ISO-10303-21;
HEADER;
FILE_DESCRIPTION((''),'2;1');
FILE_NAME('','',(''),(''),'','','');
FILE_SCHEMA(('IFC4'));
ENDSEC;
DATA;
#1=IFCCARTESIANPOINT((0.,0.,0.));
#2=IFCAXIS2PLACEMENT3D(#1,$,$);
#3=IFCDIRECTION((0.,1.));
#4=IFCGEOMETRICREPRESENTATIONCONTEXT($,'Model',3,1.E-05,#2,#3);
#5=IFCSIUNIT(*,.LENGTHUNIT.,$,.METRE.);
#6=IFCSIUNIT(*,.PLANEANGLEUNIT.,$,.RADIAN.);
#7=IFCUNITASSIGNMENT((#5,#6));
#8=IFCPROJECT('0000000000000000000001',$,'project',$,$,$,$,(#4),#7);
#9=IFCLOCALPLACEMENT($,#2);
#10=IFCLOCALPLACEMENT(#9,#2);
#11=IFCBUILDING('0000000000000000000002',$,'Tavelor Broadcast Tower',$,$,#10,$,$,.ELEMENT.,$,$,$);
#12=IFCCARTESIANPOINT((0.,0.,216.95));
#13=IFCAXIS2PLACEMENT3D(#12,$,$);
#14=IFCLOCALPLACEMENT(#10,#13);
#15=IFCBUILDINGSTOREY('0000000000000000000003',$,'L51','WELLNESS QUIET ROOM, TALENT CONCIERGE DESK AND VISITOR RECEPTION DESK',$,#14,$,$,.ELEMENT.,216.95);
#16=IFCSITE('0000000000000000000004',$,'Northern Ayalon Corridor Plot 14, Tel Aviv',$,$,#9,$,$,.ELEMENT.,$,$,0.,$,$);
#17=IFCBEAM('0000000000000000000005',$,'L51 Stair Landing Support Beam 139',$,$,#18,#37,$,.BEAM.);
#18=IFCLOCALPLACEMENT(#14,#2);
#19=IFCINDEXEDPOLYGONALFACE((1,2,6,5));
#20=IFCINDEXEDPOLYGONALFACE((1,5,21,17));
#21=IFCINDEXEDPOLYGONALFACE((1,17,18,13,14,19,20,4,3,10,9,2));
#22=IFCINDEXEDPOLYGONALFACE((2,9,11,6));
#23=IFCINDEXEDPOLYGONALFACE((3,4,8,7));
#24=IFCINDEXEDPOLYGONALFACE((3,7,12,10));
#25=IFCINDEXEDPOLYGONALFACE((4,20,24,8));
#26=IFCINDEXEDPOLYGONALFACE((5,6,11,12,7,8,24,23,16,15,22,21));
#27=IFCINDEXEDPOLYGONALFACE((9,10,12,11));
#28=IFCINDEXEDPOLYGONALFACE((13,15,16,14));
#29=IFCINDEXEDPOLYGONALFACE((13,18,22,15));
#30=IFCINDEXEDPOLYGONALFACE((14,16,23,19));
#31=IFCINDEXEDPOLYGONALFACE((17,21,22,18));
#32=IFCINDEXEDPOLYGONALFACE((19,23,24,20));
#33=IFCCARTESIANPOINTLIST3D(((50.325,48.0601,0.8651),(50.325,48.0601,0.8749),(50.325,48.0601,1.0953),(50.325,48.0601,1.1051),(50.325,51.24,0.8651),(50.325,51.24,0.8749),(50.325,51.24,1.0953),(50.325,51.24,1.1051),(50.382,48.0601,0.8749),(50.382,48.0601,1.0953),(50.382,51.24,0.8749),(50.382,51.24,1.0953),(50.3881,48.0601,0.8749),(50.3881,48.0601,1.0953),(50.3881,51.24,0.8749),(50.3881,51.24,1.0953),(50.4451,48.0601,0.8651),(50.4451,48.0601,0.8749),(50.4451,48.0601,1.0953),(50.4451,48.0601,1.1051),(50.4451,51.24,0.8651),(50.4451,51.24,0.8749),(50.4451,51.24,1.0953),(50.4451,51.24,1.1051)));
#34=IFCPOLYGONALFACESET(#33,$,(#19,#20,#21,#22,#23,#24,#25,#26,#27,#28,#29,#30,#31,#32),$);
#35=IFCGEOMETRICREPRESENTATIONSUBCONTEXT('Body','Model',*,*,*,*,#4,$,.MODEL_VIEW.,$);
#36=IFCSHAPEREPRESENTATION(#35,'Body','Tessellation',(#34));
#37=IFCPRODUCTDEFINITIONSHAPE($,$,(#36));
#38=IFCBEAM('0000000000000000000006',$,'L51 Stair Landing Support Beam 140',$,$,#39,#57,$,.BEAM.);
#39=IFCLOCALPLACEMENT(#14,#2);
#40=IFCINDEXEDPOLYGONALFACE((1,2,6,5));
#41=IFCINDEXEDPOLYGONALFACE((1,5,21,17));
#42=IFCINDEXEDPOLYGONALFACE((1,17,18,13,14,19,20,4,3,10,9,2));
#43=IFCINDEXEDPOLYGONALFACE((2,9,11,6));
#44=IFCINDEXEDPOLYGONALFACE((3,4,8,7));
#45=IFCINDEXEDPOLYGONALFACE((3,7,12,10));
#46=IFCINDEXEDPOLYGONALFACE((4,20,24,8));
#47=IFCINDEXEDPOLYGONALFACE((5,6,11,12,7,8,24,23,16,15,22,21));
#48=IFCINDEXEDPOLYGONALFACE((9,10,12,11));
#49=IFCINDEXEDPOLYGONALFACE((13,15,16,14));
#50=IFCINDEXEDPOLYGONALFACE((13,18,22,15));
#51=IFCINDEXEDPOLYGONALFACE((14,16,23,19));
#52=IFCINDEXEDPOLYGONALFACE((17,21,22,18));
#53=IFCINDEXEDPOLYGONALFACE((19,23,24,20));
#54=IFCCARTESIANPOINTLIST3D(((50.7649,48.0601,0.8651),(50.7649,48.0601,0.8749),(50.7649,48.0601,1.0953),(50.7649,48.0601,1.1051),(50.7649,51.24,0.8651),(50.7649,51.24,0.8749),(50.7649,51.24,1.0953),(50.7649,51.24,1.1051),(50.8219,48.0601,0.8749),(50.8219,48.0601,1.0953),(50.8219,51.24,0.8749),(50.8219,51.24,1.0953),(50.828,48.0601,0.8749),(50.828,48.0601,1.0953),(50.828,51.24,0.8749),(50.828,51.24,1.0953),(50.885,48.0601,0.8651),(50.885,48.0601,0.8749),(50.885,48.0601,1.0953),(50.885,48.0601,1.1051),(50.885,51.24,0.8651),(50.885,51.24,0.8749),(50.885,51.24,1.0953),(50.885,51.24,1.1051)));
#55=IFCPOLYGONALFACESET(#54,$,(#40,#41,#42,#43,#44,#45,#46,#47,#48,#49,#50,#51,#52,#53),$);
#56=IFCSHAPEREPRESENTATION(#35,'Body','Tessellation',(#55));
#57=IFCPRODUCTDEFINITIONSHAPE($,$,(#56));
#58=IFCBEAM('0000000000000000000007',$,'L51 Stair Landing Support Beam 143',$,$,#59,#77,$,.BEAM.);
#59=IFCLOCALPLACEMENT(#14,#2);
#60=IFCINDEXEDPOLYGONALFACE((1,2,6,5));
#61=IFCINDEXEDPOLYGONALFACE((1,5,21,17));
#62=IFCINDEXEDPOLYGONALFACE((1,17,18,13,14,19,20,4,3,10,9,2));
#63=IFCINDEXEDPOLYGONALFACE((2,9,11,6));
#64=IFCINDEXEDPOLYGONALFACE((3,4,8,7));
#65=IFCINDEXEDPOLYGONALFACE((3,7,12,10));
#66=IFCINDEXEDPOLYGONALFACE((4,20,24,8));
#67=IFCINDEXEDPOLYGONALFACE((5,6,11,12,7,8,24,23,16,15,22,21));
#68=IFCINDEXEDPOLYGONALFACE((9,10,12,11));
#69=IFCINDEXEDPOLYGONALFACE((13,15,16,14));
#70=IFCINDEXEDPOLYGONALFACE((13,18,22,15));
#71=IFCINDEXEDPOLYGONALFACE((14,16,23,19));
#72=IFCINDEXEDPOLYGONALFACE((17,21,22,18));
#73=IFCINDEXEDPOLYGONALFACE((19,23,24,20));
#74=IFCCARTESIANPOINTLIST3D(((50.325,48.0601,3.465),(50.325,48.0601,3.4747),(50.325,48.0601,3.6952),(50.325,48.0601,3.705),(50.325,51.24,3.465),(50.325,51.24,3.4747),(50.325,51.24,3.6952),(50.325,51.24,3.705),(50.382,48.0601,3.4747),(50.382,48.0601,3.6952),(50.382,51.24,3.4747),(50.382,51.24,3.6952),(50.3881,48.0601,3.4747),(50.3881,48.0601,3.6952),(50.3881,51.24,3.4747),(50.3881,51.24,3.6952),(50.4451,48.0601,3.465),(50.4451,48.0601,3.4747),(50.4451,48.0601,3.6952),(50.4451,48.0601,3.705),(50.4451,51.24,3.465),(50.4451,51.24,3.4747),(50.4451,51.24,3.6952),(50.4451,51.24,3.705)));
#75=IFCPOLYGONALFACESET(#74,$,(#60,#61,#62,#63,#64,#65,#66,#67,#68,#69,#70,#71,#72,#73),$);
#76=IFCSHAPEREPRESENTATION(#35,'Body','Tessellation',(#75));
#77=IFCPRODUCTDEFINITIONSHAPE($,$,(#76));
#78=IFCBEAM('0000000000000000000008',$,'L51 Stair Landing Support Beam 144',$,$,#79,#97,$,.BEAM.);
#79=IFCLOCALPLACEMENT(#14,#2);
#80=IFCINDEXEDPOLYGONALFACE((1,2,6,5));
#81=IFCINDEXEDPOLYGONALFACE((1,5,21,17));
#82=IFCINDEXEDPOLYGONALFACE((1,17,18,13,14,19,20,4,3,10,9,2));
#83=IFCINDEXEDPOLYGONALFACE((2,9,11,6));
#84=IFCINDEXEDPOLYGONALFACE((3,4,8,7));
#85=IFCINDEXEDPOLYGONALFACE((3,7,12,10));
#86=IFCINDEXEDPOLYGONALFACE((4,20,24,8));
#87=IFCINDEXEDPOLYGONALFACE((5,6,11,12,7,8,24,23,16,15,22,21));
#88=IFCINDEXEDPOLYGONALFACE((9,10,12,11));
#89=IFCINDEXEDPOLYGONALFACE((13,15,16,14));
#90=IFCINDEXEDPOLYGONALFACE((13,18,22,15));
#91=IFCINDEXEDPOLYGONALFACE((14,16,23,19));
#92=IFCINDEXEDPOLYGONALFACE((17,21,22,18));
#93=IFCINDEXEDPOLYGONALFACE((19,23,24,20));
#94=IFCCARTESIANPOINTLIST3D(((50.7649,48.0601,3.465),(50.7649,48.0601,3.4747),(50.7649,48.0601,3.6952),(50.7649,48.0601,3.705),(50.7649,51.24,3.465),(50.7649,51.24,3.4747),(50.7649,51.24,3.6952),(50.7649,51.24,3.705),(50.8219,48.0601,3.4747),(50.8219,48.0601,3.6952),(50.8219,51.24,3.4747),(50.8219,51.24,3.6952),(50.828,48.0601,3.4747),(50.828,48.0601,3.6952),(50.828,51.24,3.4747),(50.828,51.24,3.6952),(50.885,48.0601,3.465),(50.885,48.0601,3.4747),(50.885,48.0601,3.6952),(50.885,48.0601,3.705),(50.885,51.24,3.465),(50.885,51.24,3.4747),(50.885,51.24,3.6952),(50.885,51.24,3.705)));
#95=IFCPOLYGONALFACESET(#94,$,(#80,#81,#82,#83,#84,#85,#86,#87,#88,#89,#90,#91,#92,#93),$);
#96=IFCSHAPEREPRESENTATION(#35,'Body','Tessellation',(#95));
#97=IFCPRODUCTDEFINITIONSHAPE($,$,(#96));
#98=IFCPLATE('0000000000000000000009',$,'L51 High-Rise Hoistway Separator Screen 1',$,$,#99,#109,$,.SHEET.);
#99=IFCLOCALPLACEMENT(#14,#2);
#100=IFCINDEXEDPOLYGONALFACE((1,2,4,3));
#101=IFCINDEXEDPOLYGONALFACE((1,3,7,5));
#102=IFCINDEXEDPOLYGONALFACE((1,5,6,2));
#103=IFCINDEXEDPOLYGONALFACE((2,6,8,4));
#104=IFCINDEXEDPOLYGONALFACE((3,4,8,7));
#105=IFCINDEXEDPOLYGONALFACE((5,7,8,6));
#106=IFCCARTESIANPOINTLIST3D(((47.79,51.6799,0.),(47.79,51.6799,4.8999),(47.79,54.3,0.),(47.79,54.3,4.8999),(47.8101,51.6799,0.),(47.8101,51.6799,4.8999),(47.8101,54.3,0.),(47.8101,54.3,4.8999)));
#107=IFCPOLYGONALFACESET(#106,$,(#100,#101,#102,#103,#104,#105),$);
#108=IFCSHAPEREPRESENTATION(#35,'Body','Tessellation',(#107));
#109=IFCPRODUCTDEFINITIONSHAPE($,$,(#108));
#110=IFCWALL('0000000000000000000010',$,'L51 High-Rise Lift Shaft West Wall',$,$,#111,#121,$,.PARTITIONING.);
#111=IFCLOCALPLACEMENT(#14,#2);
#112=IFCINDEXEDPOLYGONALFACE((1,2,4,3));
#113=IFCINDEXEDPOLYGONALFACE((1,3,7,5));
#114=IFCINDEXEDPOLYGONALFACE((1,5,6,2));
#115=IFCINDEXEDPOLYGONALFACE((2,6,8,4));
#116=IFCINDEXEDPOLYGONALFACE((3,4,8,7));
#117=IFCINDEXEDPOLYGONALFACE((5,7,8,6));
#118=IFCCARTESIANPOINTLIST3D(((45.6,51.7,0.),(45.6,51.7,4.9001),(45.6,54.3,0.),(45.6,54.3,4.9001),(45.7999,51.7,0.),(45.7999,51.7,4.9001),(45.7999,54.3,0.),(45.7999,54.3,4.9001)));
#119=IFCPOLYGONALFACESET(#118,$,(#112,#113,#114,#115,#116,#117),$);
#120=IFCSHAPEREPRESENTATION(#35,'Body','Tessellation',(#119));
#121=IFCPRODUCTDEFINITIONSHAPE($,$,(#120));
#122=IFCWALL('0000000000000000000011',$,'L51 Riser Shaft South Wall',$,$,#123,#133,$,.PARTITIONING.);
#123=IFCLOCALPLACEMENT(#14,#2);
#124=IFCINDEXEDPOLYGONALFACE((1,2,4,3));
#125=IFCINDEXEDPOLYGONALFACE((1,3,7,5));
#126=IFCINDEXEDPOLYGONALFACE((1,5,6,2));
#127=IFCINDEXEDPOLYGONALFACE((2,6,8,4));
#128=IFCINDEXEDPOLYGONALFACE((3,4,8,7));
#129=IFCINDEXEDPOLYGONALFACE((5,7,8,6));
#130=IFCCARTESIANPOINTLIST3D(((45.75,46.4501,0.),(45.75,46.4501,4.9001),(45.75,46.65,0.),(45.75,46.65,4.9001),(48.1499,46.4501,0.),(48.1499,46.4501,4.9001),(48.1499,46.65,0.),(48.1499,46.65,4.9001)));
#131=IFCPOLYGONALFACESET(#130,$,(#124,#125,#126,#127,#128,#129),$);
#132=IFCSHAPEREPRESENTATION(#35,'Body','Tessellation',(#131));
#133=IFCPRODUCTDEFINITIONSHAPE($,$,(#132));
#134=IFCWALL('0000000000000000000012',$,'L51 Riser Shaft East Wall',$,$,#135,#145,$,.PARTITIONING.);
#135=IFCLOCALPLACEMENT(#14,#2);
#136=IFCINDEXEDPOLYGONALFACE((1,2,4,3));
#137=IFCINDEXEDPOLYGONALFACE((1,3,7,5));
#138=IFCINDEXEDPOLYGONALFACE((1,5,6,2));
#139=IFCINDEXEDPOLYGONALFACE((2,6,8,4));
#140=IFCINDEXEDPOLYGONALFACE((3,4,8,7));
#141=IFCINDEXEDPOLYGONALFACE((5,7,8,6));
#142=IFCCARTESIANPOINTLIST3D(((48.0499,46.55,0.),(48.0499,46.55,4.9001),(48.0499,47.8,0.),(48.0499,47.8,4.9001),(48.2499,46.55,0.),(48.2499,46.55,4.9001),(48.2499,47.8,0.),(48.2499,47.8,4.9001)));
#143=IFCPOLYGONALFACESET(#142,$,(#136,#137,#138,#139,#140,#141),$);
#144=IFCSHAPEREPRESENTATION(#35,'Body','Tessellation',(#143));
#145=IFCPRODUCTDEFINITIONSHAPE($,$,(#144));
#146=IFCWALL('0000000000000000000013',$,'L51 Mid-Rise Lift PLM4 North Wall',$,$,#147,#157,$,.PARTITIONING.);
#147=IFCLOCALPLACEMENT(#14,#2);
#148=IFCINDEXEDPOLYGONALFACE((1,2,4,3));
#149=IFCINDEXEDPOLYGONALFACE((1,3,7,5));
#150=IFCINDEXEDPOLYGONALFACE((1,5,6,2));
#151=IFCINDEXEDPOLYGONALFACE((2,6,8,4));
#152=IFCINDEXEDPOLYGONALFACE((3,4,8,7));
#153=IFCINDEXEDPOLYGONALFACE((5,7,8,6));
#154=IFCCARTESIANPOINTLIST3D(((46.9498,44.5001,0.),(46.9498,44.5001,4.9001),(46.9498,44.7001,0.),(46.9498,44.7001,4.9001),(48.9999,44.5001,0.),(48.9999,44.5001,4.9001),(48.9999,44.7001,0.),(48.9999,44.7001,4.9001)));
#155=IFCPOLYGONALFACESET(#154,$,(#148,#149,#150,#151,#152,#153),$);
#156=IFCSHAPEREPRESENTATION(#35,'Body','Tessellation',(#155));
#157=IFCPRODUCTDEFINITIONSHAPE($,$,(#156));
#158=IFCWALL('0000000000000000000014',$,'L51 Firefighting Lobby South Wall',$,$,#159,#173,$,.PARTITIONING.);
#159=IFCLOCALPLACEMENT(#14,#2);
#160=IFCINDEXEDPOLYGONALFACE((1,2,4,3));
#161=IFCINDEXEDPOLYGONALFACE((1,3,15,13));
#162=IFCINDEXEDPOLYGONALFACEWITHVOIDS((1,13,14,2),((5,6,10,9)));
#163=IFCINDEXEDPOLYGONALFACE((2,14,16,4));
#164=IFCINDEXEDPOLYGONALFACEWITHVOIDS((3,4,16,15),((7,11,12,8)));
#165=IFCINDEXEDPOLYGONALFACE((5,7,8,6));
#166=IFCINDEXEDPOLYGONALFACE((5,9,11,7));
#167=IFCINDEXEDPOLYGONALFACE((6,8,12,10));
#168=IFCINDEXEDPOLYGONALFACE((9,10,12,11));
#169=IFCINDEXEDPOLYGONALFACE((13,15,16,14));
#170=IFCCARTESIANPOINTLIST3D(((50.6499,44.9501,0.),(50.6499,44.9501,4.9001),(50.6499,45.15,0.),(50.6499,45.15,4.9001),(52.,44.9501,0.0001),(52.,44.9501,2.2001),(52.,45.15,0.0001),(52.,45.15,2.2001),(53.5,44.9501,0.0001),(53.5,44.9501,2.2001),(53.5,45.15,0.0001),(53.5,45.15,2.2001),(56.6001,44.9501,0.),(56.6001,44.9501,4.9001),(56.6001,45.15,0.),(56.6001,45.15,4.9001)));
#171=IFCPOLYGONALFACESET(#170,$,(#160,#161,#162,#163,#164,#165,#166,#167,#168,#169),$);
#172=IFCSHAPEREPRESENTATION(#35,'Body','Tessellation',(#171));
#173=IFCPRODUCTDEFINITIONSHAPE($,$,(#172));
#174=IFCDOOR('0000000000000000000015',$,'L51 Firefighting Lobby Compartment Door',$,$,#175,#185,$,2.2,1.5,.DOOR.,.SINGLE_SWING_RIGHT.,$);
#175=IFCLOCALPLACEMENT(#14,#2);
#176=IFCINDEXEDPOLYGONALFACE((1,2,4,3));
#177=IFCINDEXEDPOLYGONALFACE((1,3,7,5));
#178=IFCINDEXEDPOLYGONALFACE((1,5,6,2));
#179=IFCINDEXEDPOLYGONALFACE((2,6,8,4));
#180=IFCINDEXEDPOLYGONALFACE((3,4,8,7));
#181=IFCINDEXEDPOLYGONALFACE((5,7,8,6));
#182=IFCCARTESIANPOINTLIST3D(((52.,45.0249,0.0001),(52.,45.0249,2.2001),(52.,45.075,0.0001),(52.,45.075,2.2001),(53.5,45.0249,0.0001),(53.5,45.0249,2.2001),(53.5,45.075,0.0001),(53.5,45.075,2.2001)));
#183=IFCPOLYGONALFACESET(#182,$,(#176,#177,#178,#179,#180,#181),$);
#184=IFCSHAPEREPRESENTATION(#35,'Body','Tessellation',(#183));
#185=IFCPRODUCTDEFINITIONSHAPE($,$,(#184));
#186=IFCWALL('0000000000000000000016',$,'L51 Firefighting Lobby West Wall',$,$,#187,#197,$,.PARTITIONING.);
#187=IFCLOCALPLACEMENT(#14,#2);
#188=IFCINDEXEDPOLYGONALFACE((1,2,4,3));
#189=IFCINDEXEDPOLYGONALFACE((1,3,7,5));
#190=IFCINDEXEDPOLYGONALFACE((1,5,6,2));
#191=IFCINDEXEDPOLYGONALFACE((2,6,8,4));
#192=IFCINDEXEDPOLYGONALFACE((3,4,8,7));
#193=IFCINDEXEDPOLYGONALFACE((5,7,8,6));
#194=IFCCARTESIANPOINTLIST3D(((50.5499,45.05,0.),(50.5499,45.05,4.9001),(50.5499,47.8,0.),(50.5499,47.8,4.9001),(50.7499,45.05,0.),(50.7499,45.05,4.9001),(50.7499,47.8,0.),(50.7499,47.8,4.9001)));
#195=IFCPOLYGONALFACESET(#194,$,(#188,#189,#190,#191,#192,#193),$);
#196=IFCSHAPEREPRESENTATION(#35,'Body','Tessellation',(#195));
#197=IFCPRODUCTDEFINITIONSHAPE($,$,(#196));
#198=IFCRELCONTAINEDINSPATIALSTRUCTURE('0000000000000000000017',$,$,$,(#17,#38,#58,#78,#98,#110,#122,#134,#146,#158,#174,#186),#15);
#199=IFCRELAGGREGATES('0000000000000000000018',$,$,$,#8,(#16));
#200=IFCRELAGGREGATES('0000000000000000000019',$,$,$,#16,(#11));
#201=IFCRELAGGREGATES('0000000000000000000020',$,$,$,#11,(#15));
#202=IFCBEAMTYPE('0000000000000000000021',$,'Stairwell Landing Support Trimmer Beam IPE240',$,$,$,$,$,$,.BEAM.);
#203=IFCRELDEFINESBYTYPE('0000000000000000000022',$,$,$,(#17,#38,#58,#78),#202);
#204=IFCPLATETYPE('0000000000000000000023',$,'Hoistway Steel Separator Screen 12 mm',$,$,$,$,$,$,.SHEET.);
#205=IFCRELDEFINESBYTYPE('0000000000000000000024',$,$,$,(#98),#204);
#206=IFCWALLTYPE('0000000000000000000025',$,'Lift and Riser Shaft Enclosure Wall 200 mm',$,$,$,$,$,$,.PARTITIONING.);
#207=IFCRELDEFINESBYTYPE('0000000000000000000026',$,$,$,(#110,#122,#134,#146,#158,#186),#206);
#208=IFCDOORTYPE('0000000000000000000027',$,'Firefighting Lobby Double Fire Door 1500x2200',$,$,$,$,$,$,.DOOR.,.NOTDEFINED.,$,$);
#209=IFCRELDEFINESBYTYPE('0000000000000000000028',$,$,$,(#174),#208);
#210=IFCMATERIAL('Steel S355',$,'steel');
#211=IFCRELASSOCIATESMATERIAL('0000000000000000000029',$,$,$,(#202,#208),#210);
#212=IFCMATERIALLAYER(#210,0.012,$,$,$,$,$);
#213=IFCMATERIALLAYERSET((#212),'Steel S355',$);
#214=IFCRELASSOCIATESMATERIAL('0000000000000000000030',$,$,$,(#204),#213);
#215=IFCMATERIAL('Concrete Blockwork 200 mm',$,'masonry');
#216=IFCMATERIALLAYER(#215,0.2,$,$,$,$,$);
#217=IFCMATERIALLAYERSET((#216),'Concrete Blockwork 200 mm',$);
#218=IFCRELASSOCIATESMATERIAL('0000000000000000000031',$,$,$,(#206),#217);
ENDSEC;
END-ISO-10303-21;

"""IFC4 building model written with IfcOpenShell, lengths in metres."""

from ifc_helpers import new_model, si_unit, direction, frame, frame_2d, origin, origin_2d, place, context, subcontext, project, spatial, rectangle, i_section, extrude, source, transform, mapped, material, layer, layer_set, material_profile, profile_set, type_object, type_shapes, element, fill, save


model = new_model("IFC4")

# Units and contexts
model_context = context("Model", 3, precision=1e-05, world=origin(), true_north=direction((0.0, 1.0)))
body_context = subcontext(model_context, "Body", "Model", "MODEL_VIEW")
ifc_project = project(units=[si_unit("LENGTHUNIT", "METRE"), si_unit("PLANEANGLEUNIT", "RADIAN")], contexts=[model_context])

# Site, building, storey
site_placement = place(None, origin())
site = spatial("IfcSite", under=ifc_project, at=site_placement, Name="Northern Ayalon Corridor Plot 14, Tel Aviv", CompositionType="ELEMENT", RefElevation=0.0)
building_placement = place(site_placement, origin())
building = spatial("IfcBuilding", under=site, at=building_placement, Name="Tavelor Broadcast Tower", CompositionType="ELEMENT")
storey_placement = place(building_placement, frame((0.0, 0.0, 216.95)))
storey = spatial("IfcBuildingStorey", under=building, at=storey_placement, Name="L51", Description="WELLNESS QUIET ROOM, TALENT CONCIERGE DESK AND VISITOR RECEPTION DESK", CompositionType="ELEMENT", Elevation=216.95)

# Beams
ifc_material_1 = material(Name="Steel S355", Category="steel")
ifc_material_profile = material_profile(ifc_material_1, i_section(OverallWidth=0.1201, OverallDepth=0.24, WebThickness=0.0061, FlangeThickness=0.0098, at=origin_2d()), Name="IPE 240")
ifc_profile_set = profile_set([ifc_material_profile], Name="Steel S355")
beam_type = type_object("IfcBeamType", Name="Stairwell Landing Support Trimmer Beam IPE240", PredefinedType="BEAM", material=ifc_profile_set)
for number, where, z_axis, x_axis, name in (
    (1, (50.385, 48.0601, 0.9851), (0.0, 1.0, 0.0), (-1.0, 0.0, 0.0), "L51 Stair Landing Support Beam 139"),
    (2, (50.825, 48.0601, 0.9851), (0.0, 1.0, 0.0), (-1.0, 0.0, 0.0), "L51 Stair Landing Support Beam 140"),
    (3, (50.385, 48.0601, 3.585), (0.0, 1.0, 0.0), (-1.0, 0.0, 0.0), "L51 Stair Landing Support Beam 143"),
    (4, (50.825, 48.0601, 3.585), (0.0, 1.0, 0.0), (-1.0, 0.0, 0.0), "L51 Stair Landing Support Beam 144"),
):
    element("IfcBeam", number, at=place(storey_placement, frame(where, z_axis=z_axis, x_axis=x_axis)), inside=storey, type_object=beam_type, Name=name, PredefinedType="BEAM", context=body_context, shape_type="SweptSolid", body=[
        extrude(i_section(OverallWidth=0.1201, OverallDepth=0.24, WebThickness=0.0061, FlangeThickness=0.0098, at=origin_2d()), origin(), (0.0, 0.0, 1.0), 3.1799),
    ])

# Plate
ifc_layer_1 = layer(ifc_material_1, 0.012)
ifc_layer_set_1 = layer_set([ifc_layer_1], Name="Steel S355")
plate_type = type_object("IfcPlateType", Name="Hoistway Steel Separator Screen 12 mm", PredefinedType="SHEET", material=ifc_layer_set_1)
shared_shape = source(origin(), body_context, "Body", "SweptSolid", [
    extrude(rectangle(XDim=0.02, YDim=2.6201, at=origin_2d()), origin(), (0.0, 0.0, 1.0), 4.8999),
])
type_shapes(plate_type, [shared_shape])
plate_placement = place(storey_placement, frame((47.8, 52.99, 0.0), z_axis=(0.0, 0.0, 1.0), x_axis=(1.0, 0.0, 0.0)))
element("IfcPlate", 5, at=plate_placement, inside=storey, type_object=plate_type, Name="L51 High-Rise Hoistway Separator Screen 1", PredefinedType="SHEET", context=body_context, shape_type="MappedRepresentation", body=[
    mapped(shared_shape, transform((0.0, 0.0, 0.0), scale=1.0)),
])

# Walls
ifc_material_2 = material(Name="Concrete Blockwork 200 mm", Category="masonry")
ifc_layer_2 = layer(ifc_material_2, 0.2)
ifc_layer_set_2 = layer_set([ifc_layer_2], Name="Concrete Blockwork 200 mm")
wall_type_1 = type_object("IfcWallType", Name="Lift and Riser Shaft Enclosure Wall 200 mm", PredefinedType="PARTITIONING", material=ifc_layer_set_2)
wall_1_placement = place(storey_placement, frame((45.7, 51.7, 0.0), z_axis=(0.0, 0.0, 1.0), x_axis=(0.0, 1.0, 0.0)))
element("IfcWall", 6, at=wall_1_placement, inside=storey, type_object=wall_type_1, Name="L51 High-Rise Lift Shaft West Wall", PredefinedType="PARTITIONING", context=body_context, shape_type="SweptSolid", body=[
    extrude(rectangle(XDim=2.6001, YDim=0.2, at=frame_2d((1.3, 0.0))), origin(), (0.0, 0.0, 1.0), 4.9001),
])
wall_2_placement = place(storey_placement, frame((45.75, 46.55, 0.0), z_axis=(0.0, 0.0, 1.0), x_axis=(1.0, 0.0, 0.0)))
element("IfcWall", 7, at=wall_2_placement, inside=storey, type_object=wall_type_1, Name="L51 Riser Shaft South Wall", PredefinedType="PARTITIONING", context=body_context, shape_type="SweptSolid", body=[
    extrude(rectangle(XDim=2.3999, YDim=0.2, at=frame_2d((1.2, 0.0))), origin(), (0.0, 0.0, 1.0), 4.9001),
])
wall_3_placement = place(storey_placement, frame((48.1499, 46.55, 0.0), z_axis=(0.0, 0.0, 1.0), x_axis=(0.0, 1.0, 0.0)))
element("IfcWall", 8, at=wall_3_placement, inside=storey, type_object=wall_type_1, Name="L51 Riser Shaft East Wall", PredefinedType="PARTITIONING", context=body_context, shape_type="SweptSolid", body=[
    extrude(rectangle(XDim=1.25, YDim=0.2, at=frame_2d((0.625, 0.0))), origin(), (0.0, 0.0, 1.0), 4.9001),
])
wall_4_placement = place(storey_placement, frame((46.95, 44.6001, 0.0), z_axis=(0.0, 0.0, 1.0), x_axis=(1.0, 0.0, 0.0)))
element("IfcWall", 9, at=wall_4_placement, inside=storey, type_object=wall_type_1, Name="L51 Mid-Rise Lift PLM4 North Wall", PredefinedType="PARTITIONING", context=body_context, shape_type="SweptSolid", body=[
    extrude(rectangle(XDim=2.05, YDim=0.2, at=frame_2d((1.0249, 0.0))), origin(), (0.0, 0.0, 1.0), 4.9001),
])

# Wall, opening, door
wall_5_placement = place(storey_placement, frame((50.6499, 45.05, 0.0), z_axis=(0.0, 0.0, 1.0), x_axis=(1.0, 0.0, 0.0)))
wall_5 = element("IfcWall", 10, at=wall_5_placement, inside=storey, type_object=wall_type_1, Name="L51 Firefighting Lobby South Wall", PredefinedType="PARTITIONING", context=body_context, shape_type="SweptSolid", body=[
    extrude(rectangle(XDim=5.9502, YDim=0.2, at=frame_2d((2.9751, 0.0))), origin(), (0.0, 0.0, 1.0), 4.9001),
])
opening_placement = place(wall_5_placement, frame((1.3501, 0.0, 0.0)))
opening = element("IfcOpeningElement", 11, at=opening_placement, cuts=wall_5, PredefinedType="OPENING", context=body_context, shape_type="SweptSolid", body=[
    extrude(rectangle(XDim=1.5, YDim=2.2, at=frame_2d((0.75, 1.1001))), frame((0.0, 0.1099, 0.0), z_axis=(0.0, -1.0, 0.0), x_axis=(1.0, 0.0, 0.0)), (0.0, 0.0, 1.0), 0.22),
])
door_type = type_object("IfcDoorType", Name="Firefighting Lobby Double Fire Door 1500x2200", OperationType="NOTDEFINED", PredefinedType="DOOR", material=ifc_material_1)
door_placement = place(opening_placement, origin())
door = element("IfcDoor", 12, at=door_placement, inside=storey, type_object=door_type, Name="L51 Firefighting Lobby Compartment Door", OperationType="SINGLE_SWING_RIGHT", OverallHeight=2.2, OverallWidth=1.5, PredefinedType="DOOR", context=body_context, shape_type="SweptSolid", body=[
    extrude(rectangle(XDim=1.5, YDim=2.2, at=frame_2d((0.75, 1.1001))), frame((0.0, 0.0249, 0.0), z_axis=(0.0, -1.0, 0.0), x_axis=(1.0, 0.0, 0.0)), (0.0, 0.0, 1.0), 0.05),
])
fill(opening, door)

# Wall
wall_6_placement = place(storey_placement, frame((50.6499, 45.05, 0.0), z_axis=(0.0, 0.0, 1.0), x_axis=(0.0, 1.0, 0.0)))
element("IfcWall", 13, at=wall_6_placement, inside=storey, type_object=wall_type_1, Name="L51 Firefighting Lobby West Wall", PredefinedType="PARTITIONING", context=body_context, shape_type="SweptSolid", body=[
    extrude(rectangle(XDim=2.75, YDim=0.2, at=frame_2d((1.375, 0.0))), origin(), (0.0, 0.0, 1.0), 4.9001),
])

save(model, "model.ifc")
